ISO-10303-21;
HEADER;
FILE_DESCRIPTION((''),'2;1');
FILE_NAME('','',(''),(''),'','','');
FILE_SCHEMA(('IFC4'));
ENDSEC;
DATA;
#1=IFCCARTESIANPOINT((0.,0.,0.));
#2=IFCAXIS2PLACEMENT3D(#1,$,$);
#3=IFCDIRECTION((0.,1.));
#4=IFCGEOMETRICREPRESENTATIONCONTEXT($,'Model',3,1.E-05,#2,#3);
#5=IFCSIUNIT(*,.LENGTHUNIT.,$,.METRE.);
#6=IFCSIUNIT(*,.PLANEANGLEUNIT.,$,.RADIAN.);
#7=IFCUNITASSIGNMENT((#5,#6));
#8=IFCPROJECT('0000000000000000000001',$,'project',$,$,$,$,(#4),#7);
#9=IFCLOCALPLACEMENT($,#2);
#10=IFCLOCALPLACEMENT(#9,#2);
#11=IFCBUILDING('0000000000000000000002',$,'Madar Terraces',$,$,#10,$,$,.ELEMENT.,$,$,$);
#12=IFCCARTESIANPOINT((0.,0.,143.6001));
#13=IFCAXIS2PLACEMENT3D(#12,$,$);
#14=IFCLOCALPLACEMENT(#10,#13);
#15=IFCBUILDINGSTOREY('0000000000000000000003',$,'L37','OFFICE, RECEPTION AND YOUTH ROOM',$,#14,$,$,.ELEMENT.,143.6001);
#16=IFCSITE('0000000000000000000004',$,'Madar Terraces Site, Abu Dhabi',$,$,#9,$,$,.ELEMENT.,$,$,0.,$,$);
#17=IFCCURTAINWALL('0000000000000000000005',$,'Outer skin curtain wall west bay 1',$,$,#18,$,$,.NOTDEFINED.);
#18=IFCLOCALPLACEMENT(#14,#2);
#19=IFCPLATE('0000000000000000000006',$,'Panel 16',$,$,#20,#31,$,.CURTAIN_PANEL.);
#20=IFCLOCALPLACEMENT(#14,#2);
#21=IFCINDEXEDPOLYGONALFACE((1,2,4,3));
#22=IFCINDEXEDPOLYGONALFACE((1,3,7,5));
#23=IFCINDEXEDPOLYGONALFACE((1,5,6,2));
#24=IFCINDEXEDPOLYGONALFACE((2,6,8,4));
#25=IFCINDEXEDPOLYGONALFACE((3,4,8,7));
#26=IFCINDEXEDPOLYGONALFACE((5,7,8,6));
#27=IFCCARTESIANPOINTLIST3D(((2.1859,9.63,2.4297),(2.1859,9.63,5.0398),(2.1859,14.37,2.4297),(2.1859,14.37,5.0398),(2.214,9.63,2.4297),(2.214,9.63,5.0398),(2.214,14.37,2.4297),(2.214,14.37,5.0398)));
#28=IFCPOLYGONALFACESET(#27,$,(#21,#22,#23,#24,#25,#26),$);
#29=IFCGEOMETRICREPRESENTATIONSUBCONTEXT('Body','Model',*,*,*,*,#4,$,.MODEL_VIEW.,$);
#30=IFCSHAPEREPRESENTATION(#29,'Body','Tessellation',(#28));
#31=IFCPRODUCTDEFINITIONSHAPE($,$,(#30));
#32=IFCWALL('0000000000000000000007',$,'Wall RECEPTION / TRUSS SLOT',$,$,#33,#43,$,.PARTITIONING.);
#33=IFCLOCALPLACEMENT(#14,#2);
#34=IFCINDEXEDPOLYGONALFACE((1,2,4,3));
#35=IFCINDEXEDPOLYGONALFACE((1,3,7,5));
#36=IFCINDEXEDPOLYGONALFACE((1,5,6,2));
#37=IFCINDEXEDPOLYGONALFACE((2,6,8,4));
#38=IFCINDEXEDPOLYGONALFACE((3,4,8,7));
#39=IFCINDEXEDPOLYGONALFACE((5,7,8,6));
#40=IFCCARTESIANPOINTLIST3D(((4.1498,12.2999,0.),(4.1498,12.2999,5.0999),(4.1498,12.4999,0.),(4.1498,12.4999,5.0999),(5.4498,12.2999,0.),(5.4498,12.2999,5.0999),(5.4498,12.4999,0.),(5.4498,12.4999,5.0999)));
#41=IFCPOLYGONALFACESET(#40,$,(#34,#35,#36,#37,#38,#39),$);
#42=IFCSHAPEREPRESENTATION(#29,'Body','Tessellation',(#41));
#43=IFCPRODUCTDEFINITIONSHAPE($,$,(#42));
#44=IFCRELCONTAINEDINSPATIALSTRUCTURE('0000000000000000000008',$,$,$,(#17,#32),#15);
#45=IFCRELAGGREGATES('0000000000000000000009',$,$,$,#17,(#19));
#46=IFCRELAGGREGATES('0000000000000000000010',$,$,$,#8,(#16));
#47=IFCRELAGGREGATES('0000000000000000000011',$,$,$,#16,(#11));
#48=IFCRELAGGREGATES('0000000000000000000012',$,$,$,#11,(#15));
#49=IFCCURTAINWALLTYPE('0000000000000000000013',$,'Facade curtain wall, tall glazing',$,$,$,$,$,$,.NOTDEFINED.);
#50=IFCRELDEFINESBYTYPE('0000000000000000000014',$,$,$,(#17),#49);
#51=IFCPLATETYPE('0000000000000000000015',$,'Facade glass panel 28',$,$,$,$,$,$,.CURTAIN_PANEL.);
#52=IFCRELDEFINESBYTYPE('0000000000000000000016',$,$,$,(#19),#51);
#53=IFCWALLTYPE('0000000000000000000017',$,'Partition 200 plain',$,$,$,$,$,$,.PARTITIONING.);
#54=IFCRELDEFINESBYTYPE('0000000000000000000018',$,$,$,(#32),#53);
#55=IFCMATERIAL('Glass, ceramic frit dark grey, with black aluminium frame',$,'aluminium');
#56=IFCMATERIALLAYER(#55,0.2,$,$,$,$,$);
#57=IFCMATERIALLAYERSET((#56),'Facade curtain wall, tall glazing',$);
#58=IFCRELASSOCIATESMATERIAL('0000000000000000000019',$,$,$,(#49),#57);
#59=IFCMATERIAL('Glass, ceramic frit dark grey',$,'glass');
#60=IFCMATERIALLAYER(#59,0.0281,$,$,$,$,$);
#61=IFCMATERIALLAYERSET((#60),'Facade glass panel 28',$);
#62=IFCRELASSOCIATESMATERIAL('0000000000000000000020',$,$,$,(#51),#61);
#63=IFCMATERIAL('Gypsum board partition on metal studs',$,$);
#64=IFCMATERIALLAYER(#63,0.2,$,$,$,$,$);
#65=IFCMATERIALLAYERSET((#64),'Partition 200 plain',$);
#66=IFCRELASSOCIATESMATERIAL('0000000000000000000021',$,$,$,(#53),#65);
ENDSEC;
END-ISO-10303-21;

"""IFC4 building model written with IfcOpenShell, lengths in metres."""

from ifc_helpers import new_model, si_unit, direction, frame, frame_2d, origin, origin_2d, place, context, subcontext, project, spatial, rectangle, extrude, material, layer, layer_set, type_object, element, aggregate, save


model = new_model("IFC4")

# Units and contexts
model_context = context("Model", 3, precision=1e-05, world=origin(), true_north=direction((0.0, 1.0)))
body_context = subcontext(model_context, "Body", "Model", "MODEL_VIEW")
ifc_project = project(units=[si_unit("LENGTHUNIT", "METRE"), si_unit("PLANEANGLEUNIT", "RADIAN")], contexts=[model_context])

# Site, building, storey
site_placement = place(None, origin())
site = spatial("IfcSite", under=ifc_project, at=site_placement, Name="Madar Terraces Site, Abu Dhabi", CompositionType="ELEMENT", RefElevation=0.0)
building_placement = place(site_placement, origin())
building = spatial("IfcBuilding", under=site, at=building_placement, Name="Madar Terraces", CompositionType="ELEMENT")
storey_placement = place(building_placement, frame((0.0, 0.0, 143.6001)))
storey = spatial("IfcBuildingStorey", under=building, at=storey_placement, Name="L37", Description="OFFICE, RECEPTION AND YOUTH ROOM", CompositionType="ELEMENT", Elevation=143.6001)

# Curtain wall
ifc_material_1 = material(Name="Glass, ceramic frit dark grey, with black aluminium frame", Category="aluminium")
ifc_layer_1 = layer(ifc_material_1, 0.2)
ifc_layer_set_1 = layer_set([ifc_layer_1], Name="Facade curtain wall, tall glazing")
curtain_wall_type = type_object("IfcCurtainWallType", Name="Facade curtain wall, tall glazing", PredefinedType="NOTDEFINED", material=ifc_layer_set_1)
curtain_wall_placement = place(storey_placement, origin())
curtain_wall = element("IfcCurtainWall", 1, at=curtain_wall_placement, inside=storey, type_object=curtain_wall_type, Name="Outer skin curtain wall west bay 1", PredefinedType="NOTDEFINED")

# Plate
ifc_material_2 = material(Name="Glass, ceramic frit dark grey", Category="glass")
ifc_layer_2 = layer(ifc_material_2, 0.0281)
ifc_layer_set_2 = layer_set([ifc_layer_2], Name="Facade glass panel 28")
plate_type = type_object("IfcPlateType", Name="Facade glass panel 28", PredefinedType="CURTAIN_PANEL", material=ifc_layer_set_2)
plate_1_placement = place(storey_placement, frame((2.2, 12.0, 2.4297), z_axis=(0.0, 0.0, 1.0), x_axis=(0.0, -1.0, 0.0)))
plate_1 = element("IfcPlate", 2, at=plate_1_placement, type_object=plate_type, Name="Panel 16", PredefinedType="CURTAIN_PANEL", context=body_context, shape_type="SweptSolid", body=[
    extrude(rectangle(XDim=4.74, YDim=0.0281, at=origin_2d()), origin(), (0.0, 0.0, 1.0), 2.6101),
])
aggregate(curtain_wall, [plate_1])

# Wall
ifc_material_3 = material(Name="Gypsum board partition on metal studs")
ifc_layer_3 = layer(ifc_material_3, 0.2)
ifc_layer_set_3 = layer_set([ifc_layer_3], Name="Partition 200 plain")
wall_type_1 = type_object("IfcWallType", Name="Partition 200 plain", PredefinedType="PARTITIONING", material=ifc_layer_set_3)
wall_1_placement = place(storey_placement, frame((4.1499, 12.3999, 0.0), z_axis=(0.0, 0.0, 1.0), x_axis=(1.0, 0.0, 0.0)))
element("IfcWall", 3, at=wall_1_placement, inside=storey, type_object=wall_type_1, Name="Wall RECEPTION / TRUSS SLOT", PredefinedType="PARTITIONING", context=body_context, shape_type="SweptSolid", body=[
    extrude(rectangle(XDim=1.3, YDim=0.2, at=frame_2d((0.6499, 0.0))), origin(), (0.0, 0.0, 1.0), 5.0999),
])

save(model, "model.ifc")
